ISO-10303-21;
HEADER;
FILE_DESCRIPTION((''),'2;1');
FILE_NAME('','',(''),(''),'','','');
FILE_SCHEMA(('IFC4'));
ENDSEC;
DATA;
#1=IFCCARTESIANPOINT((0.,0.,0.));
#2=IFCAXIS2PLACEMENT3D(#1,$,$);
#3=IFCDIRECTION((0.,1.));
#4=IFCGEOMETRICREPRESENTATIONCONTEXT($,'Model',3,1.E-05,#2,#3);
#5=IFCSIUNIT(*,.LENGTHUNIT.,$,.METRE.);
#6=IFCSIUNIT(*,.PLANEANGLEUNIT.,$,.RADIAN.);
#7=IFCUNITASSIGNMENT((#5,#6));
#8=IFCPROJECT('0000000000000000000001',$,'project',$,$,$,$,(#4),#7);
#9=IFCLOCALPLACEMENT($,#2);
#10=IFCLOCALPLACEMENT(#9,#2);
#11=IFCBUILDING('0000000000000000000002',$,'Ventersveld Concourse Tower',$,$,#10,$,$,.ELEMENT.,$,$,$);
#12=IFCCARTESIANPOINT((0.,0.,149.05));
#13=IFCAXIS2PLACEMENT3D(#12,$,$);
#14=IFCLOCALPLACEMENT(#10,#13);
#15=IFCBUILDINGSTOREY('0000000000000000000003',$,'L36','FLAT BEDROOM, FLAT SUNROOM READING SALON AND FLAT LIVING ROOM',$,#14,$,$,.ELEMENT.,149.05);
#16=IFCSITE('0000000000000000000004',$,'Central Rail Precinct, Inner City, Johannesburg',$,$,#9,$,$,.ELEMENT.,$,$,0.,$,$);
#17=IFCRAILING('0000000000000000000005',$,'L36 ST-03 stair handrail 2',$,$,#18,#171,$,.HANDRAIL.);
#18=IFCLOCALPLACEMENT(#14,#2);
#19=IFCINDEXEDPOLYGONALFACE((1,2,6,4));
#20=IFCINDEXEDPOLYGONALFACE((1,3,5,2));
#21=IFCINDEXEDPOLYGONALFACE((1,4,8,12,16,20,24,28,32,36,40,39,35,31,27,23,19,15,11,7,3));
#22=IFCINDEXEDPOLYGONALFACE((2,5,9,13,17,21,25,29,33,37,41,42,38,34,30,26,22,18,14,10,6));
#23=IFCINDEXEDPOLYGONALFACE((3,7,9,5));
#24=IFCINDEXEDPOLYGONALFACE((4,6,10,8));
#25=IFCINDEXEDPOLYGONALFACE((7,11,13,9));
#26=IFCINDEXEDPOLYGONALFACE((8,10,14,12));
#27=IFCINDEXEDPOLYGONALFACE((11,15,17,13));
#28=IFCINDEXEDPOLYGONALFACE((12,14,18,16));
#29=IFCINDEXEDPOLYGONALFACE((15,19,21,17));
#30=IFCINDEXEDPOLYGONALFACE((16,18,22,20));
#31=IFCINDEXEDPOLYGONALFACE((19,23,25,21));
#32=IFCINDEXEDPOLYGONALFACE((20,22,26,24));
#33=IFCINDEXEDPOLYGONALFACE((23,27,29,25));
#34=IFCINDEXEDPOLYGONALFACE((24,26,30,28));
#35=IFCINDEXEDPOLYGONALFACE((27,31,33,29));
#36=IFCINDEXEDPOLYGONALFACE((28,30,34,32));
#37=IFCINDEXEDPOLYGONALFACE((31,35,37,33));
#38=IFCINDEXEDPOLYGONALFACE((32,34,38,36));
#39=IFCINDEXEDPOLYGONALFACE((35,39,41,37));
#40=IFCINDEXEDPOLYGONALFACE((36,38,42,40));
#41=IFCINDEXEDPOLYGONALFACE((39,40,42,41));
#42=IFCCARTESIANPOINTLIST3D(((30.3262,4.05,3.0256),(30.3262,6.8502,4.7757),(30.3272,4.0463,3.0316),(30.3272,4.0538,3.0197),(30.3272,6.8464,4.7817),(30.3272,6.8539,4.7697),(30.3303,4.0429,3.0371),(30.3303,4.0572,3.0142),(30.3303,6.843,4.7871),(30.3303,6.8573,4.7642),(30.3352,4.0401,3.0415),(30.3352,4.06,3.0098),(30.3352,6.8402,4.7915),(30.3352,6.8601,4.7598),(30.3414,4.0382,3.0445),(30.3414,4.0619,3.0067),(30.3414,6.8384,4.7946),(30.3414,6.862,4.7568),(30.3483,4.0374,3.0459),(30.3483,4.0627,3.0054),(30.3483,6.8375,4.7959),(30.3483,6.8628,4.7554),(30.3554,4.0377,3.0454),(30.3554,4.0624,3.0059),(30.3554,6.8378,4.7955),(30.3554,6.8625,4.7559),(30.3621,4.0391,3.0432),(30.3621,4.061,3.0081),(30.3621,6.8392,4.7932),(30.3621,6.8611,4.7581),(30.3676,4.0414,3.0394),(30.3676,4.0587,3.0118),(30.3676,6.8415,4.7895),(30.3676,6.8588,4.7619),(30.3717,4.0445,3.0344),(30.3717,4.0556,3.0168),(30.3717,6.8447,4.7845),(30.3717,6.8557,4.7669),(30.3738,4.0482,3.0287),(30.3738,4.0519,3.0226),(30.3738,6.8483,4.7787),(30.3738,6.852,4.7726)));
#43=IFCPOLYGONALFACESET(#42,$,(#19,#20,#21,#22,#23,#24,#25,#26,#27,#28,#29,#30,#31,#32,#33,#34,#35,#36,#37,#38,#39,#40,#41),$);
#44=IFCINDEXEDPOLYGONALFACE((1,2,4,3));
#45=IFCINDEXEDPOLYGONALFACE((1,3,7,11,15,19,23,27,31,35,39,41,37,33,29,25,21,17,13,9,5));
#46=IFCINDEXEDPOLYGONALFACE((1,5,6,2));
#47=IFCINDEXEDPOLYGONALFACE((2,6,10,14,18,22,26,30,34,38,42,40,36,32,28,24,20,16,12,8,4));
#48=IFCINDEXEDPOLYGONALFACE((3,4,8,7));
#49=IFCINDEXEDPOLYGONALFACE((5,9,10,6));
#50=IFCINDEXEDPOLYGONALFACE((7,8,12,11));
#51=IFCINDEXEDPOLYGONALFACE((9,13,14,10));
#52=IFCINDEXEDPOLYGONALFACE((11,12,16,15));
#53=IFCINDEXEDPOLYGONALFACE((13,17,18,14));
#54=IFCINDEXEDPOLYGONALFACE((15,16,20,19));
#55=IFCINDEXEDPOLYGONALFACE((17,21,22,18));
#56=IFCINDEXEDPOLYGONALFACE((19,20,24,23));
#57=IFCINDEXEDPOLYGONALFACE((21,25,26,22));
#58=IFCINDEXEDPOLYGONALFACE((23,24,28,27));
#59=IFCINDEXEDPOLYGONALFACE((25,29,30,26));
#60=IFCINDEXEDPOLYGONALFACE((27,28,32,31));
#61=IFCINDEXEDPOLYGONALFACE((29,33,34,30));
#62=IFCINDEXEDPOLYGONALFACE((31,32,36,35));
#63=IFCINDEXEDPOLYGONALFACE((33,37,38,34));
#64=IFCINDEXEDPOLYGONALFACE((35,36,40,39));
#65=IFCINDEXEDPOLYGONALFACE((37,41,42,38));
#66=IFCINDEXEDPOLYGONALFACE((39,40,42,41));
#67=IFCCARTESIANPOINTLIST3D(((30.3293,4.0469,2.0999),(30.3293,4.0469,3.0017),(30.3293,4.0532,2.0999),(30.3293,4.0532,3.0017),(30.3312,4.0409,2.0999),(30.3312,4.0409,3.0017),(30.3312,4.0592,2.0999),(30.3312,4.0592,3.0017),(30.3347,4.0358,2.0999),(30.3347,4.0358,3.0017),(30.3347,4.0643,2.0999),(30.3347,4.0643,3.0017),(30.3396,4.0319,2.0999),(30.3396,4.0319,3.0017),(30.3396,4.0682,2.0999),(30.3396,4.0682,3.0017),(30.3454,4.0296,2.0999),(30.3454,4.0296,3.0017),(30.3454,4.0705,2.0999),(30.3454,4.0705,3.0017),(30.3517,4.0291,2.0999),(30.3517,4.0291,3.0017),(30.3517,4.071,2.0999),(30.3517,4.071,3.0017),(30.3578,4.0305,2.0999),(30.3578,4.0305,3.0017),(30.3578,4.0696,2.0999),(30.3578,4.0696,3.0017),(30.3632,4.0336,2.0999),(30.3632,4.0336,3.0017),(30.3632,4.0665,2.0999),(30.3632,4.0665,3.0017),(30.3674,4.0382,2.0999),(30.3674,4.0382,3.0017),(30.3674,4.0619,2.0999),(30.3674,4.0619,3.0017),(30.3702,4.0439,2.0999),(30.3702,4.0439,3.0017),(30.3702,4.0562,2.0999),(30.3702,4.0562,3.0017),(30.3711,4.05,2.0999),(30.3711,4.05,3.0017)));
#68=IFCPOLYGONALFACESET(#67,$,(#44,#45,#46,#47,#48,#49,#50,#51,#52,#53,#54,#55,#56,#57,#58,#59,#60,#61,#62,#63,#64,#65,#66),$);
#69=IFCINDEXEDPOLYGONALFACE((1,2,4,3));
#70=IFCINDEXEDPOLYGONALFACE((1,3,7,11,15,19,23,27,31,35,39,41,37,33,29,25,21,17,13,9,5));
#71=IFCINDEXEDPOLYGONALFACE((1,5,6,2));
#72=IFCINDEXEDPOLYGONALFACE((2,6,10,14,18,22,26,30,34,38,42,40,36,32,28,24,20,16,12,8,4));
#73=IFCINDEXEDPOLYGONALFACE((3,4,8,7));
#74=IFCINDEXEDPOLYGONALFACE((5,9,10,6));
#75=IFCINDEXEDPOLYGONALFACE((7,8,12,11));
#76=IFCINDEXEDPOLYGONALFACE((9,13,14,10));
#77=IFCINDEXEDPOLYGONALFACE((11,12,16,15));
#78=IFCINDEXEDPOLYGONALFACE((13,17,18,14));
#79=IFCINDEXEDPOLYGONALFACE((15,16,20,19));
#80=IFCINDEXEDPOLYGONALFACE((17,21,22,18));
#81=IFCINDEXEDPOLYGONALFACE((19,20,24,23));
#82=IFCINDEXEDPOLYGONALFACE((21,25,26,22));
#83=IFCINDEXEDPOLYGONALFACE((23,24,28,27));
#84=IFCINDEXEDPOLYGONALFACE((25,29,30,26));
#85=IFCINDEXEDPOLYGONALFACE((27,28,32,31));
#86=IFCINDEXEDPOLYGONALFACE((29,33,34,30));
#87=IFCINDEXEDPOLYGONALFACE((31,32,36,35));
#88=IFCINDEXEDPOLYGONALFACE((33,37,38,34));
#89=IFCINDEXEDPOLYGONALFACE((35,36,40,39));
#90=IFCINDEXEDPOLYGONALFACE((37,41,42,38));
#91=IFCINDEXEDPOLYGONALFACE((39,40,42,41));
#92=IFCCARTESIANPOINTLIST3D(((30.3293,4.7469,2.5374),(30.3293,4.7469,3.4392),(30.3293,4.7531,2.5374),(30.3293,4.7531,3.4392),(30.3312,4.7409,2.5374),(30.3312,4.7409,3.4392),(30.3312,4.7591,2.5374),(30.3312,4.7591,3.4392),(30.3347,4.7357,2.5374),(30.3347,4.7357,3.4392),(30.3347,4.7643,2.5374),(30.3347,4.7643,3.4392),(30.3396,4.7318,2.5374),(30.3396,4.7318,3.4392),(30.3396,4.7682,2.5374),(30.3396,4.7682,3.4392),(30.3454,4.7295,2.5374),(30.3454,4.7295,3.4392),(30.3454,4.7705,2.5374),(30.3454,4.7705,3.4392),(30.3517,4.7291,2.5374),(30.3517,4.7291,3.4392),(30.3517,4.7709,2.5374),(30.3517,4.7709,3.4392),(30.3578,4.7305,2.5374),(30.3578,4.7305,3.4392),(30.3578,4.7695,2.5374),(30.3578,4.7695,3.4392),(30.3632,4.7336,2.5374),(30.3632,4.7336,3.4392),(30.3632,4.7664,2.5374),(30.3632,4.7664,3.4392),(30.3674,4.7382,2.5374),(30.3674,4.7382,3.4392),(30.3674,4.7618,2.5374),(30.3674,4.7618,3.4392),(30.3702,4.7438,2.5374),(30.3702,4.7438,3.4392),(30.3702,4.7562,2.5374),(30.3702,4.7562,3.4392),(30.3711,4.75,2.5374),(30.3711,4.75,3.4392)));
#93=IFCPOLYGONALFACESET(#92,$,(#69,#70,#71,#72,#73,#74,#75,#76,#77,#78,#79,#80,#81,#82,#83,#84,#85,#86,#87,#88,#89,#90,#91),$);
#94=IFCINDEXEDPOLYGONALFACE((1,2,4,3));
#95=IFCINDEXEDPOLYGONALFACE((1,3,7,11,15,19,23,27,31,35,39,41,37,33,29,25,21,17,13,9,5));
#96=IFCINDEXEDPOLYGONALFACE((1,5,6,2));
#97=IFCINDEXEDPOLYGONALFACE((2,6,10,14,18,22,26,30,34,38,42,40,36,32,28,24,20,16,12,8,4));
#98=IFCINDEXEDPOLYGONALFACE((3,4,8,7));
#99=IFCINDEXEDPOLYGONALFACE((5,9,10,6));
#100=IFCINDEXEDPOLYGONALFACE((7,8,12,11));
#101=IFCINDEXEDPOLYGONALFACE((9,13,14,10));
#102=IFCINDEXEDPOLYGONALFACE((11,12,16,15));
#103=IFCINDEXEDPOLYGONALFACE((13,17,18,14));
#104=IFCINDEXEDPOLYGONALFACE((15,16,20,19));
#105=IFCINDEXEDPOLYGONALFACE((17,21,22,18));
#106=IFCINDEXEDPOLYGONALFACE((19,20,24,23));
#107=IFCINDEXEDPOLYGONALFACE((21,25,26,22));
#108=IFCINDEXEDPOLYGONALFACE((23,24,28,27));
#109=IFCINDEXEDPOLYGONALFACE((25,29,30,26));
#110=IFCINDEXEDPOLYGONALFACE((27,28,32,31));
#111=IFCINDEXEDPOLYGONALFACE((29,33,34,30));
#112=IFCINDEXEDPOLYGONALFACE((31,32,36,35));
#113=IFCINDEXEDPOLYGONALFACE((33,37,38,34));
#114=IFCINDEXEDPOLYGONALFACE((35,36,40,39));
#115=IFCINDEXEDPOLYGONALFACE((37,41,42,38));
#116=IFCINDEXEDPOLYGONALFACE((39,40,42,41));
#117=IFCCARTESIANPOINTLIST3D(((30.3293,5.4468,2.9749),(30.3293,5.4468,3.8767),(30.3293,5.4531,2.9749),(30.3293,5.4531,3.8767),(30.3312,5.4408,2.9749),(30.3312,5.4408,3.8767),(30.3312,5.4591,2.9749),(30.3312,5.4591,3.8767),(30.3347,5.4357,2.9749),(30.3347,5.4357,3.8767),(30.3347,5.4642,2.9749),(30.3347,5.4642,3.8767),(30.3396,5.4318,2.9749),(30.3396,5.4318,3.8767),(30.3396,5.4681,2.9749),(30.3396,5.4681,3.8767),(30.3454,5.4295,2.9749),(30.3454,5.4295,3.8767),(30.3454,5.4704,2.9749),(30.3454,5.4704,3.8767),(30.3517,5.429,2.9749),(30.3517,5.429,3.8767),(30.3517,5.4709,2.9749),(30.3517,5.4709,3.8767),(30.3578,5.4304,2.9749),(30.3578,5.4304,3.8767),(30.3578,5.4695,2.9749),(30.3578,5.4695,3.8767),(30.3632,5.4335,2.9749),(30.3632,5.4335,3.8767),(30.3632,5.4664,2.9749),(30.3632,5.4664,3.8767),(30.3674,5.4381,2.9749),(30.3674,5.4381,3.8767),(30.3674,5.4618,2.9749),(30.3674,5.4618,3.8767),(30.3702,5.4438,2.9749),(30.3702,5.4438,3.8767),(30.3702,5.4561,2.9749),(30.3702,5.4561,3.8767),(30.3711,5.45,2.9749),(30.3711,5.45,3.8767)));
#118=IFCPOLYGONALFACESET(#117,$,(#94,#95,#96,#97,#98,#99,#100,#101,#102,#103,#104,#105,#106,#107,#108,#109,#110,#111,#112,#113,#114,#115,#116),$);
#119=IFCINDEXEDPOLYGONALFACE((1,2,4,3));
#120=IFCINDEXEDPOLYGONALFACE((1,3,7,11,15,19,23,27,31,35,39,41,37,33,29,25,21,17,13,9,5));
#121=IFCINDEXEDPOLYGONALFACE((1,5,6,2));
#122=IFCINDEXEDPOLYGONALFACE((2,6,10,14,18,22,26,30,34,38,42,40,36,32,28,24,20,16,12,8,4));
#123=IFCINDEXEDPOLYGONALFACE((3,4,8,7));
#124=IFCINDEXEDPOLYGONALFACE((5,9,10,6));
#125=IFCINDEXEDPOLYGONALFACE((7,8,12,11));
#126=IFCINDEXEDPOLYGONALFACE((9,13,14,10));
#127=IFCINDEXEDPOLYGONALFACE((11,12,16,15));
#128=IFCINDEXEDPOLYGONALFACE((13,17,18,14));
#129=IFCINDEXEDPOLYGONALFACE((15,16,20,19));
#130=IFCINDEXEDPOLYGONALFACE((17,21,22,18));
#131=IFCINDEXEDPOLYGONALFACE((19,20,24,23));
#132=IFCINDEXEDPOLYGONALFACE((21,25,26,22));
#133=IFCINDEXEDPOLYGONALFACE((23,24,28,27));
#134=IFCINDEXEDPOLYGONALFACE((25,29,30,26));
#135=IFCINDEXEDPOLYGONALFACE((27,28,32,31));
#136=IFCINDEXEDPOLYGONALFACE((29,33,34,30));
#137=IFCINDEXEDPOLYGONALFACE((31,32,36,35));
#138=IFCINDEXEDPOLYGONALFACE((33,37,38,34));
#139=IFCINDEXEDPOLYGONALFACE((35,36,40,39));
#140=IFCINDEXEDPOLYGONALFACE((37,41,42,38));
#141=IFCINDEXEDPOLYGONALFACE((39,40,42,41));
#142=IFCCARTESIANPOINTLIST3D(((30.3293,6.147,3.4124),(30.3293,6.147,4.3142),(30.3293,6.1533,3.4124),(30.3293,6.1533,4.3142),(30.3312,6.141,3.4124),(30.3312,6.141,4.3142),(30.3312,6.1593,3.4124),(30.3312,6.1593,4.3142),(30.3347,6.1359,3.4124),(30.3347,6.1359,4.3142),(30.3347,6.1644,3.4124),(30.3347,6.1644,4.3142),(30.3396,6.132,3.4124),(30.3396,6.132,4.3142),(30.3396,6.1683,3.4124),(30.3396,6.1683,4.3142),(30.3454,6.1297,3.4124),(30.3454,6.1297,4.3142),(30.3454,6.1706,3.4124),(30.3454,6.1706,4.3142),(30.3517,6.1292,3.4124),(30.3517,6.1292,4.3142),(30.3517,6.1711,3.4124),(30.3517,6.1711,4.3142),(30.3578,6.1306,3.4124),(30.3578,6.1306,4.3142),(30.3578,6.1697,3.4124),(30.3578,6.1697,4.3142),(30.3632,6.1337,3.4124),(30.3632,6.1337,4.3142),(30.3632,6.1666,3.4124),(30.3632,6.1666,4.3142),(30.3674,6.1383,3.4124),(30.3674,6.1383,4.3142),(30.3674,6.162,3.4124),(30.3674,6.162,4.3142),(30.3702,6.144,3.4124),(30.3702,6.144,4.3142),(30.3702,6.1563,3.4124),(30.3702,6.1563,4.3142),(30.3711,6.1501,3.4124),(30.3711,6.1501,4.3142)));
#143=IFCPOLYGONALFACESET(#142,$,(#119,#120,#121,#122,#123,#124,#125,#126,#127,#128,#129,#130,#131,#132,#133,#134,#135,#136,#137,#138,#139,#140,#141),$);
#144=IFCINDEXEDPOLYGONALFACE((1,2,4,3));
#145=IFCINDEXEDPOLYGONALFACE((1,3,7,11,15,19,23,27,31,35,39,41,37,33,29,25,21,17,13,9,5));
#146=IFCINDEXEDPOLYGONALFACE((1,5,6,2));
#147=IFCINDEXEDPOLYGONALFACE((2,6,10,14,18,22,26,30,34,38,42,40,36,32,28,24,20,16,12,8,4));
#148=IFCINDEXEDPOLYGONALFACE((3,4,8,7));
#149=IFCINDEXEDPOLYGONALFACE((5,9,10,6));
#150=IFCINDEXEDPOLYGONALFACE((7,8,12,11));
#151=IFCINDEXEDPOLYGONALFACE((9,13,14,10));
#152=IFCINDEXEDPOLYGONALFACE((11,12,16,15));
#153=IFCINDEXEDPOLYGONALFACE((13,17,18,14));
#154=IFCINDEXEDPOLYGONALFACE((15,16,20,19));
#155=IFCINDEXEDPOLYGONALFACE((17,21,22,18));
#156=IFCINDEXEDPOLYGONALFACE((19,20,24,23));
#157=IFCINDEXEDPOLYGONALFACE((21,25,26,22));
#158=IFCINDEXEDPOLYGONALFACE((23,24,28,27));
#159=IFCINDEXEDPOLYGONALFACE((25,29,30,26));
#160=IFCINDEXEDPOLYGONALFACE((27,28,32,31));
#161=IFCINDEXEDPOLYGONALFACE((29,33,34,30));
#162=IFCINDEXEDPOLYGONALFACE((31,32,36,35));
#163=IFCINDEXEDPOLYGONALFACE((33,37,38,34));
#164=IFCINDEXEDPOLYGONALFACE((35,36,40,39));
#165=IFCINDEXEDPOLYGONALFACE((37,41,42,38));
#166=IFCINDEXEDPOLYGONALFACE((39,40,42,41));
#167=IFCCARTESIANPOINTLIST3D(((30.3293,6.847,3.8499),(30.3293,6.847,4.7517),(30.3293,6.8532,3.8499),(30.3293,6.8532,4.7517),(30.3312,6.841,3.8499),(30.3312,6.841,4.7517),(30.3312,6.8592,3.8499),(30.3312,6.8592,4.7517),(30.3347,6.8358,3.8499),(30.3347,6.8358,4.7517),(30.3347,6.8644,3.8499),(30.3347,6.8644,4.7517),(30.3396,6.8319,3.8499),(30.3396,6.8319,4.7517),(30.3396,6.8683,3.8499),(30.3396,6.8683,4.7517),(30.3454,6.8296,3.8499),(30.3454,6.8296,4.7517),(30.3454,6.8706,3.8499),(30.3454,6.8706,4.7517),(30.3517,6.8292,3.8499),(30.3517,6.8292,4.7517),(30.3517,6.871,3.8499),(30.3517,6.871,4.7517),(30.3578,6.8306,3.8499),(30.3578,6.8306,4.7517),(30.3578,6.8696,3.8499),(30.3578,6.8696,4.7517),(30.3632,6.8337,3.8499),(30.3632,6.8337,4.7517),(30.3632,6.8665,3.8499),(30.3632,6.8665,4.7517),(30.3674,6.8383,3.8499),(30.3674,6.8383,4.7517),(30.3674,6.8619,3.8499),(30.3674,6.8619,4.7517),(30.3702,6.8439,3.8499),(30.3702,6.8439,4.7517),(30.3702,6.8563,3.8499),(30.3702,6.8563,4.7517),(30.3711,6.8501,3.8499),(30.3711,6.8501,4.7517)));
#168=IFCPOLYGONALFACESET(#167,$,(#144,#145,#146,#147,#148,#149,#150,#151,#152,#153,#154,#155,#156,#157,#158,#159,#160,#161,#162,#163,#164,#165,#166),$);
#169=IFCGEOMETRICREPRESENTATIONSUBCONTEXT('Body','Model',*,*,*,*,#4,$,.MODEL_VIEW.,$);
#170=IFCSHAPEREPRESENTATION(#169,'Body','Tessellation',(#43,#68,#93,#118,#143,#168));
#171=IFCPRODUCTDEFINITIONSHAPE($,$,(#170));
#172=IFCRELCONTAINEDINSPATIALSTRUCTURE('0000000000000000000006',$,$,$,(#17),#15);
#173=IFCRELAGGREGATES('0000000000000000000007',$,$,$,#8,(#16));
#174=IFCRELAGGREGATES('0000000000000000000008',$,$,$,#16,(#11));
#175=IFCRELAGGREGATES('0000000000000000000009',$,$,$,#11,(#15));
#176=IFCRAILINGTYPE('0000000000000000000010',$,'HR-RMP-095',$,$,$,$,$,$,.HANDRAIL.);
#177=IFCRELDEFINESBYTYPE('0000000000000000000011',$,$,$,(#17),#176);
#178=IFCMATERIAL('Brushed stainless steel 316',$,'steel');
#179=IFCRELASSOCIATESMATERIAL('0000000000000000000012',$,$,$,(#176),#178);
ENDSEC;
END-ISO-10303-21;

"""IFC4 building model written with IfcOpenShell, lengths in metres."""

from ifc_helpers import new_model, si_unit, direction, frame, origin, origin_2d, place, context, subcontext, project, spatial, circle, extrude, material, type_object, element, save


model = new_model("IFC4")

# Units and contexts
model_context = context("Model", 3, precision=1e-05, world=origin(), true_north=direction((0.0, 1.0)))
body_context = subcontext(model_context, "Body", "Model", "MODEL_VIEW")
ifc_project = project(units=[si_unit("LENGTHUNIT", "METRE"), si_unit("PLANEANGLEUNIT", "RADIAN")], contexts=[model_context])

# Site, building, storey
site_placement = place(None, origin())
site = spatial("IfcSite", under=ifc_project, at=site_placement, Name="Central Rail Precinct, Inner City, Johannesburg", CompositionType="ELEMENT", RefElevation=0.0)
building_placement = place(site_placement, origin())
building = spatial("IfcBuilding", under=site, at=building_placement, Name="Ventersveld Concourse Tower", CompositionType="ELEMENT")
storey_placement = place(building_placement, frame((0.0, 0.0, 149.05)))
storey = spatial("IfcBuildingStorey", under=building, at=storey_placement, Name="L36", Description="FLAT BEDROOM, FLAT SUNROOM READING SALON AND FLAT LIVING ROOM", CompositionType="ELEMENT", Elevation=149.05)

# Shared definitions
ifc_material_1 = material(Name="Brushed stainless steel 316", Category="steel")

# Railing
railing_type_1 = type_object("IfcRailingType", Name="HR-RMP-095", PredefinedType="HANDRAIL", material=ifc_material_1)
railing_1_placement = place(storey_placement, frame((30.3501, 4.05, 2.0999)))
element("IfcRailing", 1, at=railing_1_placement, inside=storey, type_object=railing_type_1, Name="L36 ST-03 stair handrail 2", PredefinedType="HANDRAIL", context=body_context, shape_type="SweptSolid", body=[
    extrude(circle(Radius=0.0239, at=origin_2d()), frame((0.0, 0.0, 0.9258), z_axis=(0.0, 0.848002, 0.529992), x_axis=(-1.0, 0.0, 0.0)), (0.0, 0.0, 1.0), 3.302),
    extrude(circle(Radius=0.021, at=origin_2d()), origin(), (0.0, 0.0, 1.0), 0.9019),
    extrude(circle(Radius=0.021, at=origin_2d()), frame((0.0, 0.7, 0.4375)), (0.0, 0.0, 1.0), 0.9019),
    extrude(circle(Radius=0.021, at=origin_2d()), frame((0.0, 1.3999, 0.875)), (0.0, 0.0, 1.0), 0.9019),
    extrude(circle(Radius=0.021, at=origin_2d()), frame((0.0, 2.1001, 1.3125)), (0.0, 0.0, 1.0), 0.9019),
    extrude(circle(Radius=0.021, at=origin_2d()), frame((0.0, 2.8, 1.75)), (0.0, 0.0, 1.0), 0.9019),
])

save(model, "model.ifc")
